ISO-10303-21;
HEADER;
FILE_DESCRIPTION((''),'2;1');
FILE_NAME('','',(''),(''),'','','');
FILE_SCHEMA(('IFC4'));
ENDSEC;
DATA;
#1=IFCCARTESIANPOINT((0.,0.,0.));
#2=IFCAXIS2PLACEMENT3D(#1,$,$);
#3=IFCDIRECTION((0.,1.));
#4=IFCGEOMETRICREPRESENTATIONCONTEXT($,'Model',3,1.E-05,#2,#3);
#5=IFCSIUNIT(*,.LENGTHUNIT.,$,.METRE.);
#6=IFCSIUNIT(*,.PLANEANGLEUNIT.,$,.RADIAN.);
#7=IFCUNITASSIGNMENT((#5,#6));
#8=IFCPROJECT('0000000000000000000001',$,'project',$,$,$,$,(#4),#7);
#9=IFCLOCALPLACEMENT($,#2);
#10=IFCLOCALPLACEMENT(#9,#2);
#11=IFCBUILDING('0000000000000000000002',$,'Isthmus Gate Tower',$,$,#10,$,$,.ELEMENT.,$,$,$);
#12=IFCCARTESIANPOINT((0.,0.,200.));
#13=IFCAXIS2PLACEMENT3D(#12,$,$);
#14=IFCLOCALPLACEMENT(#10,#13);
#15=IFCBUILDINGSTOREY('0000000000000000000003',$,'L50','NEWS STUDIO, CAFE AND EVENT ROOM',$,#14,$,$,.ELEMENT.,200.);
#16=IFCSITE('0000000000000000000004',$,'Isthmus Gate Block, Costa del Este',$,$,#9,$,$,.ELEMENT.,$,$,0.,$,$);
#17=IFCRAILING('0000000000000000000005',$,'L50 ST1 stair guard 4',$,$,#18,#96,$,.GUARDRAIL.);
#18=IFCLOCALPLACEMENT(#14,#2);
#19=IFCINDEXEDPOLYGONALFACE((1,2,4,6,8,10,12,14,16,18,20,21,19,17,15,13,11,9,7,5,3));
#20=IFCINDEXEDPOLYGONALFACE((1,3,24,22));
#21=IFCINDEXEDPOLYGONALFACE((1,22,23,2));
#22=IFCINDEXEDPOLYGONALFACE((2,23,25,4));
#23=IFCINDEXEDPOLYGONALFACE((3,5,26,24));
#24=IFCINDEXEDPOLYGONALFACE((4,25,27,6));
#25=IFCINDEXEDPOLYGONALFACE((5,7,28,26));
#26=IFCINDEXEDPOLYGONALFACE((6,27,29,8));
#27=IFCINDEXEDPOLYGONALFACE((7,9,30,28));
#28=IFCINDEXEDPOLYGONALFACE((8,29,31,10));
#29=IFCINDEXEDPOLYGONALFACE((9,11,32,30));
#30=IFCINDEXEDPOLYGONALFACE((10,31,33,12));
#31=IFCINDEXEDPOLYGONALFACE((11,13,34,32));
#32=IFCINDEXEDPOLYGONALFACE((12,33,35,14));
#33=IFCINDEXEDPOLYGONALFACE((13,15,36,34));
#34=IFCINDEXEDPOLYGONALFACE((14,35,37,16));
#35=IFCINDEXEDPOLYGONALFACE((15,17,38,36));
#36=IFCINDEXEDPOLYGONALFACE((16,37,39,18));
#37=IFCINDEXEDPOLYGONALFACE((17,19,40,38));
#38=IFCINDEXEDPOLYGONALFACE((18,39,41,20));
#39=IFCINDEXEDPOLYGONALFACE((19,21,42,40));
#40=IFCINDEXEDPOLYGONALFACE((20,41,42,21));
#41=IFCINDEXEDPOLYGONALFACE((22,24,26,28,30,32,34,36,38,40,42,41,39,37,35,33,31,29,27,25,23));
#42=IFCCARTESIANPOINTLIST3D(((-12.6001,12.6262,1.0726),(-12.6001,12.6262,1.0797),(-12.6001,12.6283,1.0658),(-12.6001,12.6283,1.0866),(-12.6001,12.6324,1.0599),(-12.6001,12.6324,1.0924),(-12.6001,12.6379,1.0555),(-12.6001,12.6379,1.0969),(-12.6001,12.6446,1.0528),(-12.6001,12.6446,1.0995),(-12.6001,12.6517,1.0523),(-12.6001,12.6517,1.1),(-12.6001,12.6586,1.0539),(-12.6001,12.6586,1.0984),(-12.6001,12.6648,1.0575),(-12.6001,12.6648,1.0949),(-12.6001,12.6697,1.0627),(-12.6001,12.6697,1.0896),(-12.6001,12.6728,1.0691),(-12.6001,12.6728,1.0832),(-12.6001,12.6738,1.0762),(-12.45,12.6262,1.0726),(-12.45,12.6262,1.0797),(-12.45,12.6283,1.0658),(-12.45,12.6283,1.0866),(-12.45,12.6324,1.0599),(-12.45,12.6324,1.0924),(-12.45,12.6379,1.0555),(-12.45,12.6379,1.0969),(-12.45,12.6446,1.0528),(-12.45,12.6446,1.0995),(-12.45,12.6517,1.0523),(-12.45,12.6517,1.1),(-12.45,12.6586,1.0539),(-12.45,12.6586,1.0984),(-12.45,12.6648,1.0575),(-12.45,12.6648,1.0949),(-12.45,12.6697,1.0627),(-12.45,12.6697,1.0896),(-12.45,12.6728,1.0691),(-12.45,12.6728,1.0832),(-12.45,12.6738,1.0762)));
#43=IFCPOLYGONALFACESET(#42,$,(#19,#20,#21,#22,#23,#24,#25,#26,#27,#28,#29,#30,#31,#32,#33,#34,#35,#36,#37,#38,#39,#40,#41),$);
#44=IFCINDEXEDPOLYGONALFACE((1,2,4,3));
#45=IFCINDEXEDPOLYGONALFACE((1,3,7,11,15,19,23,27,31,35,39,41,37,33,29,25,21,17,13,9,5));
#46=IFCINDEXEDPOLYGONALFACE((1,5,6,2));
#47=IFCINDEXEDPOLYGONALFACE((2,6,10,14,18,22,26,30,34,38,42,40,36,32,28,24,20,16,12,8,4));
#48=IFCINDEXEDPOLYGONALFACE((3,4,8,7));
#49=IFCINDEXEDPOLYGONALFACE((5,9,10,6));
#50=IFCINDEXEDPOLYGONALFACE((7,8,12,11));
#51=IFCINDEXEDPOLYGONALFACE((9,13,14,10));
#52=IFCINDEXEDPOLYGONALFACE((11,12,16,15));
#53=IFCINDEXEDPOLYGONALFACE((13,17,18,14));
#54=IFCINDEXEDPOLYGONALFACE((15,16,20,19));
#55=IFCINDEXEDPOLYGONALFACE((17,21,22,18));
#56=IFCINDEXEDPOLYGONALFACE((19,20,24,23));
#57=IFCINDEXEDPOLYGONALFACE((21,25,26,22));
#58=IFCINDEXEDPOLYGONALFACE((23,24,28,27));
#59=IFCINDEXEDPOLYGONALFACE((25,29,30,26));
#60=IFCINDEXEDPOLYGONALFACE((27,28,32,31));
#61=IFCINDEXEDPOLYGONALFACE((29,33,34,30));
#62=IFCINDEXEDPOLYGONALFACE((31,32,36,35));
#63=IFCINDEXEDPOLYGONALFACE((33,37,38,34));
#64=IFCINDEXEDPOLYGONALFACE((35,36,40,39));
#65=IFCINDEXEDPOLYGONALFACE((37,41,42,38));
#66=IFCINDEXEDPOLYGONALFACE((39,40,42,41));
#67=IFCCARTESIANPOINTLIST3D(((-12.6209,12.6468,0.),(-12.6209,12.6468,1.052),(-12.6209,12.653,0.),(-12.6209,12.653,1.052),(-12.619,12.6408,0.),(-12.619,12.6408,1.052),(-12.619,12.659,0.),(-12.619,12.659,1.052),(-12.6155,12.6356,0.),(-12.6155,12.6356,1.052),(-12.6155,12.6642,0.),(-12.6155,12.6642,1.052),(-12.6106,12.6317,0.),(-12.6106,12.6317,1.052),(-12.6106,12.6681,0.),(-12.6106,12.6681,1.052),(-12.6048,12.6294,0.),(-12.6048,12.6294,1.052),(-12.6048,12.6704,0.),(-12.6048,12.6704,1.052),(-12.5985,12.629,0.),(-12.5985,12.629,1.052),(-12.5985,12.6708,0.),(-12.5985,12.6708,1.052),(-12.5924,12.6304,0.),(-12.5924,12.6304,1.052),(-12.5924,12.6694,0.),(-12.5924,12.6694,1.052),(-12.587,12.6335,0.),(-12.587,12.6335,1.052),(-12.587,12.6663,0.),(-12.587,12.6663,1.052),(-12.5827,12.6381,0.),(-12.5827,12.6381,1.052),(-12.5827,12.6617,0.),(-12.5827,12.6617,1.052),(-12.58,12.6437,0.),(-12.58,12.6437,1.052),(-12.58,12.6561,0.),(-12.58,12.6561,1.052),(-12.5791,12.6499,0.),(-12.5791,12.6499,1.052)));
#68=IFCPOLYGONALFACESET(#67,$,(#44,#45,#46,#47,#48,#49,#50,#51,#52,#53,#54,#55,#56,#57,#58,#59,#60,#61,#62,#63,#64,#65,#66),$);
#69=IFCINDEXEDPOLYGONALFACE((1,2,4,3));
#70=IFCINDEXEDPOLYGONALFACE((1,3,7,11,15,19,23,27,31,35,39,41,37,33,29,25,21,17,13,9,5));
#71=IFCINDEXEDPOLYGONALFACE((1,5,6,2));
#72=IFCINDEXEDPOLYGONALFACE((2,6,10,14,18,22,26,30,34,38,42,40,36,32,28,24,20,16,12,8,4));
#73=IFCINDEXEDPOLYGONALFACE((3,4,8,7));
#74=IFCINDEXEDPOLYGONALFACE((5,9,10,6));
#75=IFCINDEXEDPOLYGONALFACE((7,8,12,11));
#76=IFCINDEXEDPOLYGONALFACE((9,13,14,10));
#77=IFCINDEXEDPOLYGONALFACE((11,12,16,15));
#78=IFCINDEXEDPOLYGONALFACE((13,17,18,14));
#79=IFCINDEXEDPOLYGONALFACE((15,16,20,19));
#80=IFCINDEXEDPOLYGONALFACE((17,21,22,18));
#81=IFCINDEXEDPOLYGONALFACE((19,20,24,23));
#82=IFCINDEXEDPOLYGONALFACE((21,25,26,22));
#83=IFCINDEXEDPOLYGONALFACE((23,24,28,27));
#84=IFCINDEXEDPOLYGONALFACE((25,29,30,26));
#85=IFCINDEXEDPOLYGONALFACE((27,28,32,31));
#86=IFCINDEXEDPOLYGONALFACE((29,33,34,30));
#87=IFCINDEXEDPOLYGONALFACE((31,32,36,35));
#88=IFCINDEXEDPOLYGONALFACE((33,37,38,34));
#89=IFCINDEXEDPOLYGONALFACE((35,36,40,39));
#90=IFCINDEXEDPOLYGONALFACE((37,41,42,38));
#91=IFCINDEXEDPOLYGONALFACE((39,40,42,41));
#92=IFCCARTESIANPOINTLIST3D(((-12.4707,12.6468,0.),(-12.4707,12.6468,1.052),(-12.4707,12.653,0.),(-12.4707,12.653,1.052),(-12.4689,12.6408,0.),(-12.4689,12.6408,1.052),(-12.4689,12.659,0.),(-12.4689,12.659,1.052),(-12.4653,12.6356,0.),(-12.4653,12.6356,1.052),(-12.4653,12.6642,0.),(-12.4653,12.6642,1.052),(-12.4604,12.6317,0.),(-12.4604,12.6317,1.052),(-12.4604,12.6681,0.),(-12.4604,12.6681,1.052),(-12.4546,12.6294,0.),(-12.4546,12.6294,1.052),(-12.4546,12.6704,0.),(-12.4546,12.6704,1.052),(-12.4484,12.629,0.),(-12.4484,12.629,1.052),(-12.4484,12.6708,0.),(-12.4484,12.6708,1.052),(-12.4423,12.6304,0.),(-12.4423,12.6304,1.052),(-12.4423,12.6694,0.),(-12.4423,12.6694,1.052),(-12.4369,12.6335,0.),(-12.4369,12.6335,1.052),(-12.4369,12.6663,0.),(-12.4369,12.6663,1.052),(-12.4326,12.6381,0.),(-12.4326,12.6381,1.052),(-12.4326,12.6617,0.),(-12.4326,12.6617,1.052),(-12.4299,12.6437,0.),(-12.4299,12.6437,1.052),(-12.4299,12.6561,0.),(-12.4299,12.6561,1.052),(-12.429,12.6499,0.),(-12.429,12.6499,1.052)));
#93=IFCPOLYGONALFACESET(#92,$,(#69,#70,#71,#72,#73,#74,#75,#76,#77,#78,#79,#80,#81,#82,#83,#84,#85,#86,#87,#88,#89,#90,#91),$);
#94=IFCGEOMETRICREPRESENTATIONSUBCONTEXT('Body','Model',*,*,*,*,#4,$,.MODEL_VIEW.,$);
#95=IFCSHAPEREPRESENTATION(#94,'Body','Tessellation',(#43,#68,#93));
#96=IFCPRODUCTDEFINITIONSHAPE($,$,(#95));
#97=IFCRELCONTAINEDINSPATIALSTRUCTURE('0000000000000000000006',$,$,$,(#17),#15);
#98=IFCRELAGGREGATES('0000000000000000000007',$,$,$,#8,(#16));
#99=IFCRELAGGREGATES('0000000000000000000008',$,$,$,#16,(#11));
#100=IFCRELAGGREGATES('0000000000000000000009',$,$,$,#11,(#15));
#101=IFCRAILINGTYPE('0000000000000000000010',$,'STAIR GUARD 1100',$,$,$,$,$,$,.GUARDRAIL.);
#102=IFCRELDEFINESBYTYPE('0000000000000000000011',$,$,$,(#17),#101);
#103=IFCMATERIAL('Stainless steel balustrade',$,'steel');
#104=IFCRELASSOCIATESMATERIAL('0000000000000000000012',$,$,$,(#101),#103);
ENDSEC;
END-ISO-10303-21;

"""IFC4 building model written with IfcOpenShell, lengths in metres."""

from ifc_helpers import new_model, si_unit, direction, frame, origin, origin_2d, place, context, subcontext, project, spatial, circle, extrude, material, type_object, element, save


model = new_model("IFC4")

# Units and contexts
model_context = context("Model", 3, precision=1e-05, world=origin(), true_north=direction((0.0, 1.0)))
body_context = subcontext(model_context, "Body", "Model", "MODEL_VIEW")
ifc_project = project(units=[si_unit("LENGTHUNIT", "METRE"), si_unit("PLANEANGLEUNIT", "RADIAN")], contexts=[model_context])

# Site, building, storey
site_placement = place(None, origin())
site = spatial("IfcSite", under=ifc_project, at=site_placement, Name="Isthmus Gate Block, Costa del Este", CompositionType="ELEMENT", RefElevation=0.0)
building_placement = place(site_placement, origin())
building = spatial("IfcBuilding", under=site, at=building_placement, Name="Isthmus Gate Tower", CompositionType="ELEMENT")
storey_placement = place(building_placement, frame((0.0, 0.0, 200.0)))
storey = spatial("IfcBuildingStorey", under=building, at=storey_placement, Name="L50", Description="NEWS STUDIO, CAFE AND EVENT ROOM", CompositionType="ELEMENT", Elevation=200.0)

# Railing
ifc_material_1 = material(Name="Stainless steel balustrade", Category="steel")
railing_type_1 = type_object("IfcRailingType", Name="STAIR GUARD 1100", PredefinedType="GUARDRAIL", material=ifc_material_1)
railing_1_placement = place(storey_placement, frame((-12.6001, 12.6499, 0.0)))
element("IfcRailing", 1, at=railing_1_placement, inside=storey, type_object=railing_type_1, Name="L50 ST1 stair guard 4", PredefinedType="GUARDRAIL", context=body_context, shape_type="SweptSolid", body=[
    extrude(circle(Radius=0.0239, at=origin_2d()), frame((0.0, 0.0, 1.0762), z_axis=(1.0, 0.0, 0.0), x_axis=(0.0, 1.0, 0.0)), (0.0, 0.0, 1.0), 0.1501),
    extrude(circle(Radius=0.021, at=origin_2d()), origin(), (0.0, 0.0, 1.0), 1.052),
    extrude(circle(Radius=0.021, at=origin_2d()), frame((0.1501, 0.0, 0.0)), (0.0, 0.0, 1.0), 1.052),
])

save(model, "model.ifc")
